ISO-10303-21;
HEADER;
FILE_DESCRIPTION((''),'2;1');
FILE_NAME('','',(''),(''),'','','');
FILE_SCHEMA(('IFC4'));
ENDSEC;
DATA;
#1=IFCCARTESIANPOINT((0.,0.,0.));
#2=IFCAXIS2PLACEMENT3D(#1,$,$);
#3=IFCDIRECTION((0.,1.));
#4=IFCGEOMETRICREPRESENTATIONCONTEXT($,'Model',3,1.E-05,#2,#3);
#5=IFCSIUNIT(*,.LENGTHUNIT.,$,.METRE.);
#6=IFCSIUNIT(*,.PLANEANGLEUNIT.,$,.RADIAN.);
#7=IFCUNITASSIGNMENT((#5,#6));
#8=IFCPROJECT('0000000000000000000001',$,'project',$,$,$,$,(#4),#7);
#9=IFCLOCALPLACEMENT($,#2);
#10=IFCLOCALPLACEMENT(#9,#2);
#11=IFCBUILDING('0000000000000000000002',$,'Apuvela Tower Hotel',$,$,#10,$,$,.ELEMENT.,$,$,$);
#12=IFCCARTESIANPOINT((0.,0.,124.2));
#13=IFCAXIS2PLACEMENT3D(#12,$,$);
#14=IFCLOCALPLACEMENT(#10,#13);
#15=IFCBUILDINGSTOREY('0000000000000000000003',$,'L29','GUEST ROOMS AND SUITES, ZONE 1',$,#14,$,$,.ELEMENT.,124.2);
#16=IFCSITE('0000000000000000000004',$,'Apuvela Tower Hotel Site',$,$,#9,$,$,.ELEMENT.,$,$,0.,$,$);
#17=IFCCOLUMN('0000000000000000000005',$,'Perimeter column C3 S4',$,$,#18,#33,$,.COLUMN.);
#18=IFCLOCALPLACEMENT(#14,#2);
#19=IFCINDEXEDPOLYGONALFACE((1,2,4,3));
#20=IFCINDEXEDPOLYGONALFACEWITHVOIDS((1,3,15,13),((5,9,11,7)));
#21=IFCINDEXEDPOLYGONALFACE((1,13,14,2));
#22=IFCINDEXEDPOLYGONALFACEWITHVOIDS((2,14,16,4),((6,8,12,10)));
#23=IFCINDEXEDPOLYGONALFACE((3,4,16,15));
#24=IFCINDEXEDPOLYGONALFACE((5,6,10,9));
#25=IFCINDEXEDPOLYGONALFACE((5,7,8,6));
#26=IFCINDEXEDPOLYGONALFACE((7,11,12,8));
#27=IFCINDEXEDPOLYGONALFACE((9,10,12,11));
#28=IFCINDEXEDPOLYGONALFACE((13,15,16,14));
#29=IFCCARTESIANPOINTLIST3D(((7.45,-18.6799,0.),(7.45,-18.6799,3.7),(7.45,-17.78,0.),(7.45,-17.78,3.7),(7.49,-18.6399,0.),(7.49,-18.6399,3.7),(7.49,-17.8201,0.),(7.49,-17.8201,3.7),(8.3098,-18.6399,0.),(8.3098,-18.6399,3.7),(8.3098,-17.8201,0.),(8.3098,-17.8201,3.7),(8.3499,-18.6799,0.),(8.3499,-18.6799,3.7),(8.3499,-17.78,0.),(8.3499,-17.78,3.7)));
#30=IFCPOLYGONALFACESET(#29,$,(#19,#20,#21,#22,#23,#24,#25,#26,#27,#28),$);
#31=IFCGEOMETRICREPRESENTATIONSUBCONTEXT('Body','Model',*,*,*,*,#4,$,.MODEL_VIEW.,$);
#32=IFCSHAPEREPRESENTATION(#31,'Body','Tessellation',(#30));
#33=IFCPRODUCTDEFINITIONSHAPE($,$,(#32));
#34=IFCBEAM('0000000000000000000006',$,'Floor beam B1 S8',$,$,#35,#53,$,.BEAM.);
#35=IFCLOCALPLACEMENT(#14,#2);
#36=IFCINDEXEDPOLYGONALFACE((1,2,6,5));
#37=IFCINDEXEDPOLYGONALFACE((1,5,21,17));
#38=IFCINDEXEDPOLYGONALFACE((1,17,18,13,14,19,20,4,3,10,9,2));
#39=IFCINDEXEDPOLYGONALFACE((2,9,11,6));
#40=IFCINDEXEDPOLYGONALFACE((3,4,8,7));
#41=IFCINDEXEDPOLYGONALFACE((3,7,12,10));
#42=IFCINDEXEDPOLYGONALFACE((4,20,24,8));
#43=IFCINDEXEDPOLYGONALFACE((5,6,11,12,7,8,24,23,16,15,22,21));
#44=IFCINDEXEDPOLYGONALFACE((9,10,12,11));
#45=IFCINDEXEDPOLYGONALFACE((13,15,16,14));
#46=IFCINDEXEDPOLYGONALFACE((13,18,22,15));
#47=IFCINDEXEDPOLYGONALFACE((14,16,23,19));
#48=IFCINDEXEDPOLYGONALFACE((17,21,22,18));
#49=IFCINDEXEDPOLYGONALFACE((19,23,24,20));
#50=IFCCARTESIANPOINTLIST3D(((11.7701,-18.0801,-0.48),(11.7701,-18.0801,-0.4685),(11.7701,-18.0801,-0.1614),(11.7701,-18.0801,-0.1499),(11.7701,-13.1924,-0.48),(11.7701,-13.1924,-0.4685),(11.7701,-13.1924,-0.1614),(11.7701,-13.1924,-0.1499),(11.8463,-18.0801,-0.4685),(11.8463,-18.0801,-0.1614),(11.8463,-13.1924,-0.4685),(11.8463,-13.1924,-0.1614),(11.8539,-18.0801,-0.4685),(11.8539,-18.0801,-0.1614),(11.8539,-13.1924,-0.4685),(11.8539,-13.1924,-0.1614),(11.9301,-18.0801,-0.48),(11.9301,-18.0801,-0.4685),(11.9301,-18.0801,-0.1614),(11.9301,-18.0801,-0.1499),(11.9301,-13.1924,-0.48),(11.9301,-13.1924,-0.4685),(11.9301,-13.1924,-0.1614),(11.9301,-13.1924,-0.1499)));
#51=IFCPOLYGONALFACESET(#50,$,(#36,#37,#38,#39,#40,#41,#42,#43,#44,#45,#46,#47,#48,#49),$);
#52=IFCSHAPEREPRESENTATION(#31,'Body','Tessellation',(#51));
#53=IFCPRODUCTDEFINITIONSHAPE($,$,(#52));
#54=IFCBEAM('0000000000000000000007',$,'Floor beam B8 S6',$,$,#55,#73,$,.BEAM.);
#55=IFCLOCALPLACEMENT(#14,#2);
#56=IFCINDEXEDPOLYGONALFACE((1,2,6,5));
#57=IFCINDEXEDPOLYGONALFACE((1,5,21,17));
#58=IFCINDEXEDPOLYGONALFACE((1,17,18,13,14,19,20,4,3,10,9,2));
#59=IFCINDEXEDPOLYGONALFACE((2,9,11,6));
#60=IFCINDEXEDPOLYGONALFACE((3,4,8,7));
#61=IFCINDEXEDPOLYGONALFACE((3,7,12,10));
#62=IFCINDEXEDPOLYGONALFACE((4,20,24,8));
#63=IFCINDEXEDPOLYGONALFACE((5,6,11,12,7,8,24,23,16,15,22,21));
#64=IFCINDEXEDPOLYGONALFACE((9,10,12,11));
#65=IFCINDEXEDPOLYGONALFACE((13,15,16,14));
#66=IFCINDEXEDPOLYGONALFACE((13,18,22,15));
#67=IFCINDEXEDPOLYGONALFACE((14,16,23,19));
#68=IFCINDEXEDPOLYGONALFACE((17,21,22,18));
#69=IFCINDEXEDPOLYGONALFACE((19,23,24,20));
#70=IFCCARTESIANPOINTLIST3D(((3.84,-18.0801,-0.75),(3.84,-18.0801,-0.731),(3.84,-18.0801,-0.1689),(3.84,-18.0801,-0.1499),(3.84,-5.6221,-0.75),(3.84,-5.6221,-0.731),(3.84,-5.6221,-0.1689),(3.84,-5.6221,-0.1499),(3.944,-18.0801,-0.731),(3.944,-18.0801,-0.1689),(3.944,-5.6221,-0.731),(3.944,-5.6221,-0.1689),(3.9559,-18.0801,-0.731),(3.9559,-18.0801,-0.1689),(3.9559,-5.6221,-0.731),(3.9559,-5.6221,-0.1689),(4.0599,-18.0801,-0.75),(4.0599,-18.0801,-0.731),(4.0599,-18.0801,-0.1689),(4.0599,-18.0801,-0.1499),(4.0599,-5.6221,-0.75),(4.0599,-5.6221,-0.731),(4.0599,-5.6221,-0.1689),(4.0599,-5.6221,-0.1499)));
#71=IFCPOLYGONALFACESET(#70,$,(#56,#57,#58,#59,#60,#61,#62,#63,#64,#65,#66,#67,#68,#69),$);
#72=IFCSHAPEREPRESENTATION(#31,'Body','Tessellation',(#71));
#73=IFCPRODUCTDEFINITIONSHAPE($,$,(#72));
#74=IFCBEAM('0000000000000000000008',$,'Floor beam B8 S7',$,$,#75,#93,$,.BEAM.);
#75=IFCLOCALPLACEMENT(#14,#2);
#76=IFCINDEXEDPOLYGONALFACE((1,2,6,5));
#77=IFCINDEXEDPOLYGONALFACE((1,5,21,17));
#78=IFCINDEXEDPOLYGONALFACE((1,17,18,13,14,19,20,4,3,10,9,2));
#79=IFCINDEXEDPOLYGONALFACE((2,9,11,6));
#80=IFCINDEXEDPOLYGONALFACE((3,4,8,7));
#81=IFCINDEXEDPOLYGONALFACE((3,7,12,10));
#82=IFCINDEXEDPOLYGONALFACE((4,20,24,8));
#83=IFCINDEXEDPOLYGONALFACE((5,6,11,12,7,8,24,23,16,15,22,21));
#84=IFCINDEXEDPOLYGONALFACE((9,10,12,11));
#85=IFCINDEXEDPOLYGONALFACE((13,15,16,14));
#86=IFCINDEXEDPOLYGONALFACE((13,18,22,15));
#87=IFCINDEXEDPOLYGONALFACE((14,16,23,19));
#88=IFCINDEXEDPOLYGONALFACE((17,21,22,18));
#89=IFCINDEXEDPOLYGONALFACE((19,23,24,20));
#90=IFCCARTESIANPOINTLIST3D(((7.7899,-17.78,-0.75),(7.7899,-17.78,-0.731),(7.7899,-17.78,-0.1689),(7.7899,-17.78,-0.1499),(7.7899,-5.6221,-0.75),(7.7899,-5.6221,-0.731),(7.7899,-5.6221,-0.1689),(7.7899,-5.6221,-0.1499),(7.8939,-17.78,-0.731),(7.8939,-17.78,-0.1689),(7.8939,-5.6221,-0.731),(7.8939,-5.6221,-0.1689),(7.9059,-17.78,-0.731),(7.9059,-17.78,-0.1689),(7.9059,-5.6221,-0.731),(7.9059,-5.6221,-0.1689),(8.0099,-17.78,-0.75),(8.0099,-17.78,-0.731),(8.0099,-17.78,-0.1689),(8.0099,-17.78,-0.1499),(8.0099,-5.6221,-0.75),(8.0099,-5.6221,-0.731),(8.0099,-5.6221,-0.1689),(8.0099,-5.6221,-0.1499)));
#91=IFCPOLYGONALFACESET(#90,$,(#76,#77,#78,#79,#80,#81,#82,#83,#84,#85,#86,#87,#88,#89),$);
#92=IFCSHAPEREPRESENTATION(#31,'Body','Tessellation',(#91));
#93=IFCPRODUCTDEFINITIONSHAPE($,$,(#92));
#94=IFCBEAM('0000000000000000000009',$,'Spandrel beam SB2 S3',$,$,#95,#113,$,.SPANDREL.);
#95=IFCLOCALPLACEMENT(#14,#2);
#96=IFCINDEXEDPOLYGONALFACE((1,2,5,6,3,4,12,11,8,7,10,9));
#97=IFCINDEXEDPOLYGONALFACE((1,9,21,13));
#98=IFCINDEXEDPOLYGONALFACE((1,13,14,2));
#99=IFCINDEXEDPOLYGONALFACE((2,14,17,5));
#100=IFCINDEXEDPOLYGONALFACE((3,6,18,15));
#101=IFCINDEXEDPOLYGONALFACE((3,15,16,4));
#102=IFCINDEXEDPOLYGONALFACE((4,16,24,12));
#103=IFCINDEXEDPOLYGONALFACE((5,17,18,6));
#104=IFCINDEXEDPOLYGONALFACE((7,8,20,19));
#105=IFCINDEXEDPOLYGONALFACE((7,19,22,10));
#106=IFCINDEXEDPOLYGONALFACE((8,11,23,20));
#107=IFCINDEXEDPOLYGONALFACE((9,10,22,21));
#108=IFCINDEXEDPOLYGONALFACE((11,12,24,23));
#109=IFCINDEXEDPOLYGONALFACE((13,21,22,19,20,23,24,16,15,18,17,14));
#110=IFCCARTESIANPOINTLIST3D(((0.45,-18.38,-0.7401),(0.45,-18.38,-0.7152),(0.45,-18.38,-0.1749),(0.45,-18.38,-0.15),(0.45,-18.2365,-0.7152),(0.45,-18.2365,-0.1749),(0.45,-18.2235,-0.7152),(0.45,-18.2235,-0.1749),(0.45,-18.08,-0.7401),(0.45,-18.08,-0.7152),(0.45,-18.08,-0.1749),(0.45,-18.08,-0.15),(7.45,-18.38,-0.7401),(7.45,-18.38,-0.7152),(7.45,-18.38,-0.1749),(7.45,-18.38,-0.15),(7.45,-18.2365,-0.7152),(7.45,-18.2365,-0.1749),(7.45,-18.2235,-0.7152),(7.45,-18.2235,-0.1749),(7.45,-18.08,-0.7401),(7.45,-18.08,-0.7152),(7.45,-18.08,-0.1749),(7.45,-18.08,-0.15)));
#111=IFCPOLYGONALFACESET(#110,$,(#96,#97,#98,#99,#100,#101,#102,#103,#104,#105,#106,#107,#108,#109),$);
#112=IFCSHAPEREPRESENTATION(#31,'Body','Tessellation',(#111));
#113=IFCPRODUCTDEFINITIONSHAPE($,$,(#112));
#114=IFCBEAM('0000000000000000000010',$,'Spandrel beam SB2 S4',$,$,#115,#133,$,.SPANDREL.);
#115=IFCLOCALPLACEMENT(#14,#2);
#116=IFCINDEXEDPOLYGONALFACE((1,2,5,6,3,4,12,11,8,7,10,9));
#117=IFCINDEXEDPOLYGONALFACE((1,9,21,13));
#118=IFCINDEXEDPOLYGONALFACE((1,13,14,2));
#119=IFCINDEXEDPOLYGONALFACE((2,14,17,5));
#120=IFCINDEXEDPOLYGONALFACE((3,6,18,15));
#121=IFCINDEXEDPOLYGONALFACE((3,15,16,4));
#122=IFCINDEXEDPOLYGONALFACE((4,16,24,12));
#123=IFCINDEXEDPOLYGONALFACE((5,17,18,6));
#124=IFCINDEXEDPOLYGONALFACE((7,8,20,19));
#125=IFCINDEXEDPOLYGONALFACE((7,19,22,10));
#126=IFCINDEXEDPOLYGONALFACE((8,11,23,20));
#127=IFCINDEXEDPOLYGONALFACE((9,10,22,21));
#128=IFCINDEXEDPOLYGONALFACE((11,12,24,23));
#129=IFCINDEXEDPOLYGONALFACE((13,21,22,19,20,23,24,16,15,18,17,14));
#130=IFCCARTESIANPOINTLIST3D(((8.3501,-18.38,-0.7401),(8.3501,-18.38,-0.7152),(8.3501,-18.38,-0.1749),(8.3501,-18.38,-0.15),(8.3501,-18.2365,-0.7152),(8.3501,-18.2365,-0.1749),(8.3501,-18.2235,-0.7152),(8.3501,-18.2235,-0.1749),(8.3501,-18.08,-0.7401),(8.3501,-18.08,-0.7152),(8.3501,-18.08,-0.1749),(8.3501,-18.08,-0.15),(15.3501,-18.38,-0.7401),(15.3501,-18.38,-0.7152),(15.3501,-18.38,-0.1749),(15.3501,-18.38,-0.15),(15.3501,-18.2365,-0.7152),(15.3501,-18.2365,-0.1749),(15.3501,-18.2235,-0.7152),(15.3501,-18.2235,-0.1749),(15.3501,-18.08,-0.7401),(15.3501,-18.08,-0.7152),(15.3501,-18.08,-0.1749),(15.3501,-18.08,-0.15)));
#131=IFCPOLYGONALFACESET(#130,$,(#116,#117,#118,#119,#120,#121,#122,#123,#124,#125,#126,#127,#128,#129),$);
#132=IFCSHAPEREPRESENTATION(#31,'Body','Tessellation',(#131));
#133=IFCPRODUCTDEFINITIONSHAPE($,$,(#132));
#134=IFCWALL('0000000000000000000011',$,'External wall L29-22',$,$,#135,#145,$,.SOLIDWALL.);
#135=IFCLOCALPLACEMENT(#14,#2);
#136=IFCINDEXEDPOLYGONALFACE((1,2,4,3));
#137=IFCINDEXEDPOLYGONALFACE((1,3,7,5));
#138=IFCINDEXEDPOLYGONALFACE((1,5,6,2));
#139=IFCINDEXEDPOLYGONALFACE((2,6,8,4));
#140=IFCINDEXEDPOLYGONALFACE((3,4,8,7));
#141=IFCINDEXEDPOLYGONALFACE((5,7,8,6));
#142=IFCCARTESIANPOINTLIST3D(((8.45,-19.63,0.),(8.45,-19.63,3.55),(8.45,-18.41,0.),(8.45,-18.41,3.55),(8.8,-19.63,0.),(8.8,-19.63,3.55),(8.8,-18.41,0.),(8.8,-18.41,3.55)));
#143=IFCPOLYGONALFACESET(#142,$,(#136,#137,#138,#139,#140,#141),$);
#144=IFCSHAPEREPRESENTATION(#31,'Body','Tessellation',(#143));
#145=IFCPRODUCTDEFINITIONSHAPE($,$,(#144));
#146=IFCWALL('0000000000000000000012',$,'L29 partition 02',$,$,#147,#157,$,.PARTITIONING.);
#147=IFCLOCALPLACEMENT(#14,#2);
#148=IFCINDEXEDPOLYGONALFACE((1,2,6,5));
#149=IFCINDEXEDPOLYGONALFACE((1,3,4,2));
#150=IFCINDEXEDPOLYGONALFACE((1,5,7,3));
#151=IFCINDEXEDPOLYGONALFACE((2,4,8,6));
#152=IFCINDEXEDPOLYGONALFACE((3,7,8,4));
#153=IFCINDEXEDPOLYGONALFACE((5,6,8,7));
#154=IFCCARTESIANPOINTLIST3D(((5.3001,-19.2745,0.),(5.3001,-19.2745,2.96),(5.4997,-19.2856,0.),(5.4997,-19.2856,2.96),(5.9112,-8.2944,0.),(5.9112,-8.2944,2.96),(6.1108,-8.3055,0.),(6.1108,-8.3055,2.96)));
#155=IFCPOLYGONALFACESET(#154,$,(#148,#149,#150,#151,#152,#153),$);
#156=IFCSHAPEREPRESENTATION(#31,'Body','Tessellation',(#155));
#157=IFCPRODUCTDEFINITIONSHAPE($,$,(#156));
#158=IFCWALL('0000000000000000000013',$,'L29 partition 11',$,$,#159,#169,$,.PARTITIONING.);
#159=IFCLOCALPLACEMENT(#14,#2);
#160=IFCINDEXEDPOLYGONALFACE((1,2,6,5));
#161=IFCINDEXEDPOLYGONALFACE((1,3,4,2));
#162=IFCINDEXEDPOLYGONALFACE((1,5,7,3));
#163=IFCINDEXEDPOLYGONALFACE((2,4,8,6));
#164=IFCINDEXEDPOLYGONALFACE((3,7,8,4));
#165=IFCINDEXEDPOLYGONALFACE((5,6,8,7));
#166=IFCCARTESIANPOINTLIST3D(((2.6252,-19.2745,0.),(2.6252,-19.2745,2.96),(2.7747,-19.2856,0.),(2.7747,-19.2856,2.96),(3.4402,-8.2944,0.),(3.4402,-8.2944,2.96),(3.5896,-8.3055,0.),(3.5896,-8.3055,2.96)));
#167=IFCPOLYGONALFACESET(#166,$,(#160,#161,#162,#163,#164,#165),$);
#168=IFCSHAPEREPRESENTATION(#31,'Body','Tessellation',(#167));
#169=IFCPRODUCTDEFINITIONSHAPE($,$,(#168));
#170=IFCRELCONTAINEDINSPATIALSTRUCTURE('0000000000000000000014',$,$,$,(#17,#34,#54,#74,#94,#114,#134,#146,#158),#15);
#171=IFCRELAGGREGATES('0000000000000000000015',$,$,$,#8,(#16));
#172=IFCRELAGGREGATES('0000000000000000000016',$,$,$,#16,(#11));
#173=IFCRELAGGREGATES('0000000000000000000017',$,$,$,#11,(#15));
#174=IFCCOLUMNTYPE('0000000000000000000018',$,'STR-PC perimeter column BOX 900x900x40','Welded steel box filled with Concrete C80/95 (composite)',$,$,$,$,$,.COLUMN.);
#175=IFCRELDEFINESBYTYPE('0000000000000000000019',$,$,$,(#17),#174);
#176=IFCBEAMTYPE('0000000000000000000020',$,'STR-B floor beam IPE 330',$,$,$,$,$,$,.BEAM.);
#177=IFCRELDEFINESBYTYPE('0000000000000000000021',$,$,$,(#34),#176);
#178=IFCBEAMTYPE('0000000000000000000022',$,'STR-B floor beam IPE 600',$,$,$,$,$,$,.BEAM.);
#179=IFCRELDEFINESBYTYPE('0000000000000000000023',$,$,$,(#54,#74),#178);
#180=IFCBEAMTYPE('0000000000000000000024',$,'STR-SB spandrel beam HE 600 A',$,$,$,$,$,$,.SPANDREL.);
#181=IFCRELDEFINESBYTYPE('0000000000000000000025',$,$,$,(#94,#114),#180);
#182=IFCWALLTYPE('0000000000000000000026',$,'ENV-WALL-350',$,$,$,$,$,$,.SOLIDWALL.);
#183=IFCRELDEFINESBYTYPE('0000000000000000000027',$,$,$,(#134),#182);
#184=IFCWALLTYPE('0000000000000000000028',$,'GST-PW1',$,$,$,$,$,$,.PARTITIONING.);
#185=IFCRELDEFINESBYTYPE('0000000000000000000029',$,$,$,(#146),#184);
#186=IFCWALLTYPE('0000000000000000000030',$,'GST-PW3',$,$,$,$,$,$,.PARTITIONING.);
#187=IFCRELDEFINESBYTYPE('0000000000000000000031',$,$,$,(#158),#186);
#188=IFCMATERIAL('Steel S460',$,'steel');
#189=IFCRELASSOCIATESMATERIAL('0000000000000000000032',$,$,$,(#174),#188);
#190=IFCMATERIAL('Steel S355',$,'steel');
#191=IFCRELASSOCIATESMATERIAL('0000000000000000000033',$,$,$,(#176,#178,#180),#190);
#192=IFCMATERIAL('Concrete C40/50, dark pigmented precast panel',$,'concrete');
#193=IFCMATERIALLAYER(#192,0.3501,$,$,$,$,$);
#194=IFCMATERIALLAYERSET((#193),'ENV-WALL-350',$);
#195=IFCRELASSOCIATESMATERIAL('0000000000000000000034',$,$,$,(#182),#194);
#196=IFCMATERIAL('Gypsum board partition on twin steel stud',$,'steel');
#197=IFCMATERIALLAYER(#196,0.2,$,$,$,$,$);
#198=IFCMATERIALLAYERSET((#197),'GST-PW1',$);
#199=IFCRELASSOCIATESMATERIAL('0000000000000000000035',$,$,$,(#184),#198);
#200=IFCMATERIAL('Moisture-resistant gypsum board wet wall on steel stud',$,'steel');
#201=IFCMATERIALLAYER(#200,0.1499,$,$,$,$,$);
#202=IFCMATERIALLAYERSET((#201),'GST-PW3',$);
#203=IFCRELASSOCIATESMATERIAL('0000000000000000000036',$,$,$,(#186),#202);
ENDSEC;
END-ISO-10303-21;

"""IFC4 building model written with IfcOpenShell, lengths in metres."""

from ifc_helpers import new_model, si_unit, direction, frame, frame_2d, origin, origin_2d, place, context, subcontext, project, spatial, rectangle, hollow_rectangle, i_section, extrude, material, layer, layer_set, material_profile, profile_set, type_object, element, save


model = new_model("IFC4")

# Units and contexts
model_context = context("Model", 3, precision=1e-05, world=origin(), true_north=direction((0.0, 1.0)))
body_context = subcontext(model_context, "Body", "Model", "MODEL_VIEW")
ifc_project = project(units=[si_unit("LENGTHUNIT", "METRE"), si_unit("PLANEANGLEUNIT", "RADIAN")], contexts=[model_context])

# Site, building, storey
site_placement = place(None, origin())
site = spatial("IfcSite", under=ifc_project, at=site_placement, Name="Apuvela Tower Hotel Site", CompositionType="ELEMENT", RefElevation=0.0)
building_placement = place(site_placement, origin())
building = spatial("IfcBuilding", under=site, at=building_placement, Name="Apuvela Tower Hotel", CompositionType="ELEMENT")
storey_placement = place(building_placement, frame((0.0, 0.0, 124.2)))
storey = spatial("IfcBuildingStorey", under=building, at=storey_placement, Name="L29", Description="GUEST ROOMS AND SUITES, ZONE 1", CompositionType="ELEMENT", Elevation=124.2)

# Column
ifc_material_1 = material(Name="Steel S460", Category="steel")
ifc_material_profile_1 = material_profile(ifc_material_1, hollow_rectangle(XDim=0.8999, YDim=0.8999, WallThickness=0.04, at=origin_2d()), Name="BOX 900x900x40")
ifc_material_2 = material(Name="Concrete C80/95", Category="concrete")
ifc_material_profile_2 = material_profile(ifc_material_2, rectangle(XDim=0.8201, YDim=0.8201, at=origin_2d()), Name="Concrete C80/95 infill")
ifc_profile_set_1 = profile_set([ifc_material_profile_1, ifc_material_profile_2], Name="Steel S460")
column_type = type_object("IfcColumnType", Name="STR-PC perimeter column BOX 900x900x40", Description="Welded steel box filled with Concrete C80/95 (composite)", PredefinedType="COLUMN", material=ifc_profile_set_1)
column_placement = place(storey_placement, frame((7.8999, -18.23, 0.0), z_axis=(0.0, 0.0, 1.0), x_axis=(-1.0, 0.0, 0.0)))
element("IfcColumn", 1, at=column_placement, inside=storey, type_object=column_type, Name="Perimeter column C3 S4", PredefinedType="COLUMN", context=body_context, shape_type="SweptSolid", body=[
    extrude(hollow_rectangle(XDim=0.8999, YDim=0.8999, WallThickness=0.04, at=origin_2d()), origin(), (0.0, 0.0, 1.0), 3.7),
])

# Beams
ifc_material_3 = material(Name="Steel S355", Category="steel")
ifc_material_profile_3 = material_profile(ifc_material_3, i_section(OverallWidth=0.1599, OverallDepth=0.3301, WebThickness=0.0076, FlangeThickness=0.0115, at=origin_2d()), Name="IPE 330")
ifc_profile_set_2 = profile_set([ifc_material_profile_3], Name="Steel S355")
beam_type_1 = type_object("IfcBeamType", Name="STR-B floor beam IPE 330", PredefinedType="BEAM", material=ifc_profile_set_2)
beam_1_placement = place(storey_placement, frame((11.8501, -18.0801, -0.3149), z_axis=(0.0, 1.0, 0.0), x_axis=(-1.0, 0.0, 0.0)))
element("IfcBeam", 2, at=beam_1_placement, inside=storey, type_object=beam_type_1, Name="Floor beam B1 S8", PredefinedType="BEAM", context=body_context, shape_type="SweptSolid", body=[
    extrude(i_section(OverallWidth=0.1599, OverallDepth=0.3301, WebThickness=0.0076, FlangeThickness=0.0115, at=origin_2d()), origin(), (0.0, 0.0, 1.0), 4.8877),
])
ifc_material_profile_4 = material_profile(ifc_material_3, i_section(OverallWidth=0.22, OverallDepth=0.6001, WebThickness=0.012, FlangeThickness=0.019, at=origin_2d()), Name="IPE 600")
ifc_profile_set_3 = profile_set([ifc_material_profile_4], Name="Steel S355")
beam_type_2 = type_object("IfcBeamType", Name="STR-B floor beam IPE 600", PredefinedType="BEAM", material=ifc_profile_set_3)
beam_2_placement = place(storey_placement, frame((3.95, -18.0801, -0.45), z_axis=(0.0, 1.0, 0.0), x_axis=(-1.0, 0.0, 0.0)))
element("IfcBeam", 3, at=beam_2_placement, inside=storey, type_object=beam_type_2, Name="Floor beam B8 S6", PredefinedType="BEAM", context=body_context, shape_type="SweptSolid", body=[
    extrude(i_section(OverallWidth=0.22, OverallDepth=0.6001, WebThickness=0.012, FlangeThickness=0.019, at=origin_2d()), origin(), (0.0, 0.0, 1.0), 12.458),
])
beam_3_placement = place(storey_placement, frame((7.8999, -17.78, -0.45), z_axis=(0.0, 1.0, 0.0), x_axis=(-1.0, 0.0, 0.0)))
element("IfcBeam", 4, at=beam_3_placement, inside=storey, type_object=beam_type_2, Name="Floor beam B8 S7", PredefinedType="BEAM", context=body_context, shape_type="SweptSolid", body=[
    extrude(i_section(OverallWidth=0.22, OverallDepth=0.6001, WebThickness=0.012, FlangeThickness=0.019, at=origin_2d()), origin(), (0.0, 0.0, 1.0), 12.158),
])
ifc_material_profile_5 = material_profile(ifc_material_3, i_section(OverallWidth=0.3, OverallDepth=0.5901, WebThickness=0.0129, FlangeThickness=0.0249, at=origin_2d()), Name="HE 600 A")
ifc_profile_set_4 = profile_set([ifc_material_profile_5], Name="Steel S355")
beam_type_3 = type_object("IfcBeamType", Name="STR-SB spandrel beam HE 600 A", PredefinedType="SPANDREL", material=ifc_profile_set_4)
for number, where, z_axis, x_axis, name in (
    (5, (0.45, -18.23, -0.4451), (1.0, 0.0, 0.0), (0.0, 1.0, 0.0), "Spandrel beam SB2 S3"),
    (6, (8.3501, -18.23, -0.4451), (1.0, 0.0, 0.0), (0.0, 1.0, 0.0), "Spandrel beam SB2 S4"),
):
    element("IfcBeam", number, at=place(storey_placement, frame(where, z_axis=z_axis, x_axis=x_axis)), inside=storey, type_object=beam_type_3, Name=name, PredefinedType="SPANDREL", context=body_context, shape_type="SweptSolid", body=[
        extrude(i_section(OverallWidth=0.3, OverallDepth=0.5901, WebThickness=0.0129, FlangeThickness=0.0249, at=origin_2d()), origin(), (0.0, 0.0, 1.0), 7.0),
    ])

# Wall
ifc_material_4 = material(Name="Concrete C40/50, dark pigmented precast panel", Category="concrete")
ifc_layer_1 = layer(ifc_material_4, 0.3501)
ifc_layer_set_1 = layer_set([ifc_layer_1], Name="ENV-WALL-350")
wall_type_1 = type_object("IfcWallType", Name="ENV-WALL-350", PredefinedType="SOLIDWALL", material=ifc_layer_set_1)
wall_1_placement = place(storey_placement, frame((8.625, -19.6299, 0.0), z_axis=(0.0, 0.0, 1.0), x_axis=(0.0, 1.0, 0.0)))
element("IfcWall", 7, at=wall_1_placement, inside=storey, type_object=wall_type_1, Name="External wall L29-22", PredefinedType="SOLIDWALL", context=body_context, shape_type="SweptSolid", body=[
    extrude(rectangle(XDim=1.22, YDim=0.3501, at=frame_2d((0.6099, 0.0))), origin(), (0.0, 0.0, 1.0), 3.55),
])

# Walls
ifc_material_5 = material(Name="Gypsum board partition on twin steel stud", Category="steel")
ifc_layer_2 = layer(ifc_material_5, 0.2)
ifc_layer_set_2 = layer_set([ifc_layer_2], Name="GST-PW1")
wall_type_2 = type_object("IfcWallType", Name="GST-PW1", PredefinedType="PARTITIONING", material=ifc_layer_set_2)
wall_2_placement = place(storey_placement, frame((5.3999, -19.28, 0.0), z_axis=(0.0, 0.0, 1.0), x_axis=(0.055568, 0.998455, 0.0)))
element("IfcWall", 8, at=wall_2_placement, inside=storey, type_object=wall_type_2, Name="L29 partition 02", PredefinedType="PARTITIONING", context=body_context, shape_type="SweptSolid", body=[
    extrude(rectangle(XDim=10.9971, YDim=0.2, at=frame_2d((5.4985, 0.0))), origin(), (0.0, 0.0, 1.0), 2.96),
])
ifc_material_6 = material(Name="Moisture-resistant gypsum board wet wall on steel stud", Category="steel")
ifc_layer_3 = layer(ifc_material_6, 0.1499)
ifc_layer_set_3 = layer_set([ifc_layer_3], Name="GST-PW3")
wall_type_3 = type_object("IfcWallType", Name="GST-PW3", PredefinedType="PARTITIONING", material=ifc_layer_set_3)
wall_3_placement = place(storey_placement, frame((2.7, -19.28, 0.0), z_axis=(0.0, 0.0, 1.0), x_axis=(0.074017, 0.997257, 0.0)))
element("IfcWall", 9, at=wall_3_placement, inside=storey, type_object=wall_type_3, Name="L29 partition 11", PredefinedType="PARTITIONING", context=body_context, shape_type="SweptSolid", body=[
    extrude(rectangle(XDim=11.0103, YDim=0.1499, at=frame_2d((5.5051, 0.0))), origin(), (0.0, 0.0, 1.0), 2.96),
])

save(model, "model.ifc")
